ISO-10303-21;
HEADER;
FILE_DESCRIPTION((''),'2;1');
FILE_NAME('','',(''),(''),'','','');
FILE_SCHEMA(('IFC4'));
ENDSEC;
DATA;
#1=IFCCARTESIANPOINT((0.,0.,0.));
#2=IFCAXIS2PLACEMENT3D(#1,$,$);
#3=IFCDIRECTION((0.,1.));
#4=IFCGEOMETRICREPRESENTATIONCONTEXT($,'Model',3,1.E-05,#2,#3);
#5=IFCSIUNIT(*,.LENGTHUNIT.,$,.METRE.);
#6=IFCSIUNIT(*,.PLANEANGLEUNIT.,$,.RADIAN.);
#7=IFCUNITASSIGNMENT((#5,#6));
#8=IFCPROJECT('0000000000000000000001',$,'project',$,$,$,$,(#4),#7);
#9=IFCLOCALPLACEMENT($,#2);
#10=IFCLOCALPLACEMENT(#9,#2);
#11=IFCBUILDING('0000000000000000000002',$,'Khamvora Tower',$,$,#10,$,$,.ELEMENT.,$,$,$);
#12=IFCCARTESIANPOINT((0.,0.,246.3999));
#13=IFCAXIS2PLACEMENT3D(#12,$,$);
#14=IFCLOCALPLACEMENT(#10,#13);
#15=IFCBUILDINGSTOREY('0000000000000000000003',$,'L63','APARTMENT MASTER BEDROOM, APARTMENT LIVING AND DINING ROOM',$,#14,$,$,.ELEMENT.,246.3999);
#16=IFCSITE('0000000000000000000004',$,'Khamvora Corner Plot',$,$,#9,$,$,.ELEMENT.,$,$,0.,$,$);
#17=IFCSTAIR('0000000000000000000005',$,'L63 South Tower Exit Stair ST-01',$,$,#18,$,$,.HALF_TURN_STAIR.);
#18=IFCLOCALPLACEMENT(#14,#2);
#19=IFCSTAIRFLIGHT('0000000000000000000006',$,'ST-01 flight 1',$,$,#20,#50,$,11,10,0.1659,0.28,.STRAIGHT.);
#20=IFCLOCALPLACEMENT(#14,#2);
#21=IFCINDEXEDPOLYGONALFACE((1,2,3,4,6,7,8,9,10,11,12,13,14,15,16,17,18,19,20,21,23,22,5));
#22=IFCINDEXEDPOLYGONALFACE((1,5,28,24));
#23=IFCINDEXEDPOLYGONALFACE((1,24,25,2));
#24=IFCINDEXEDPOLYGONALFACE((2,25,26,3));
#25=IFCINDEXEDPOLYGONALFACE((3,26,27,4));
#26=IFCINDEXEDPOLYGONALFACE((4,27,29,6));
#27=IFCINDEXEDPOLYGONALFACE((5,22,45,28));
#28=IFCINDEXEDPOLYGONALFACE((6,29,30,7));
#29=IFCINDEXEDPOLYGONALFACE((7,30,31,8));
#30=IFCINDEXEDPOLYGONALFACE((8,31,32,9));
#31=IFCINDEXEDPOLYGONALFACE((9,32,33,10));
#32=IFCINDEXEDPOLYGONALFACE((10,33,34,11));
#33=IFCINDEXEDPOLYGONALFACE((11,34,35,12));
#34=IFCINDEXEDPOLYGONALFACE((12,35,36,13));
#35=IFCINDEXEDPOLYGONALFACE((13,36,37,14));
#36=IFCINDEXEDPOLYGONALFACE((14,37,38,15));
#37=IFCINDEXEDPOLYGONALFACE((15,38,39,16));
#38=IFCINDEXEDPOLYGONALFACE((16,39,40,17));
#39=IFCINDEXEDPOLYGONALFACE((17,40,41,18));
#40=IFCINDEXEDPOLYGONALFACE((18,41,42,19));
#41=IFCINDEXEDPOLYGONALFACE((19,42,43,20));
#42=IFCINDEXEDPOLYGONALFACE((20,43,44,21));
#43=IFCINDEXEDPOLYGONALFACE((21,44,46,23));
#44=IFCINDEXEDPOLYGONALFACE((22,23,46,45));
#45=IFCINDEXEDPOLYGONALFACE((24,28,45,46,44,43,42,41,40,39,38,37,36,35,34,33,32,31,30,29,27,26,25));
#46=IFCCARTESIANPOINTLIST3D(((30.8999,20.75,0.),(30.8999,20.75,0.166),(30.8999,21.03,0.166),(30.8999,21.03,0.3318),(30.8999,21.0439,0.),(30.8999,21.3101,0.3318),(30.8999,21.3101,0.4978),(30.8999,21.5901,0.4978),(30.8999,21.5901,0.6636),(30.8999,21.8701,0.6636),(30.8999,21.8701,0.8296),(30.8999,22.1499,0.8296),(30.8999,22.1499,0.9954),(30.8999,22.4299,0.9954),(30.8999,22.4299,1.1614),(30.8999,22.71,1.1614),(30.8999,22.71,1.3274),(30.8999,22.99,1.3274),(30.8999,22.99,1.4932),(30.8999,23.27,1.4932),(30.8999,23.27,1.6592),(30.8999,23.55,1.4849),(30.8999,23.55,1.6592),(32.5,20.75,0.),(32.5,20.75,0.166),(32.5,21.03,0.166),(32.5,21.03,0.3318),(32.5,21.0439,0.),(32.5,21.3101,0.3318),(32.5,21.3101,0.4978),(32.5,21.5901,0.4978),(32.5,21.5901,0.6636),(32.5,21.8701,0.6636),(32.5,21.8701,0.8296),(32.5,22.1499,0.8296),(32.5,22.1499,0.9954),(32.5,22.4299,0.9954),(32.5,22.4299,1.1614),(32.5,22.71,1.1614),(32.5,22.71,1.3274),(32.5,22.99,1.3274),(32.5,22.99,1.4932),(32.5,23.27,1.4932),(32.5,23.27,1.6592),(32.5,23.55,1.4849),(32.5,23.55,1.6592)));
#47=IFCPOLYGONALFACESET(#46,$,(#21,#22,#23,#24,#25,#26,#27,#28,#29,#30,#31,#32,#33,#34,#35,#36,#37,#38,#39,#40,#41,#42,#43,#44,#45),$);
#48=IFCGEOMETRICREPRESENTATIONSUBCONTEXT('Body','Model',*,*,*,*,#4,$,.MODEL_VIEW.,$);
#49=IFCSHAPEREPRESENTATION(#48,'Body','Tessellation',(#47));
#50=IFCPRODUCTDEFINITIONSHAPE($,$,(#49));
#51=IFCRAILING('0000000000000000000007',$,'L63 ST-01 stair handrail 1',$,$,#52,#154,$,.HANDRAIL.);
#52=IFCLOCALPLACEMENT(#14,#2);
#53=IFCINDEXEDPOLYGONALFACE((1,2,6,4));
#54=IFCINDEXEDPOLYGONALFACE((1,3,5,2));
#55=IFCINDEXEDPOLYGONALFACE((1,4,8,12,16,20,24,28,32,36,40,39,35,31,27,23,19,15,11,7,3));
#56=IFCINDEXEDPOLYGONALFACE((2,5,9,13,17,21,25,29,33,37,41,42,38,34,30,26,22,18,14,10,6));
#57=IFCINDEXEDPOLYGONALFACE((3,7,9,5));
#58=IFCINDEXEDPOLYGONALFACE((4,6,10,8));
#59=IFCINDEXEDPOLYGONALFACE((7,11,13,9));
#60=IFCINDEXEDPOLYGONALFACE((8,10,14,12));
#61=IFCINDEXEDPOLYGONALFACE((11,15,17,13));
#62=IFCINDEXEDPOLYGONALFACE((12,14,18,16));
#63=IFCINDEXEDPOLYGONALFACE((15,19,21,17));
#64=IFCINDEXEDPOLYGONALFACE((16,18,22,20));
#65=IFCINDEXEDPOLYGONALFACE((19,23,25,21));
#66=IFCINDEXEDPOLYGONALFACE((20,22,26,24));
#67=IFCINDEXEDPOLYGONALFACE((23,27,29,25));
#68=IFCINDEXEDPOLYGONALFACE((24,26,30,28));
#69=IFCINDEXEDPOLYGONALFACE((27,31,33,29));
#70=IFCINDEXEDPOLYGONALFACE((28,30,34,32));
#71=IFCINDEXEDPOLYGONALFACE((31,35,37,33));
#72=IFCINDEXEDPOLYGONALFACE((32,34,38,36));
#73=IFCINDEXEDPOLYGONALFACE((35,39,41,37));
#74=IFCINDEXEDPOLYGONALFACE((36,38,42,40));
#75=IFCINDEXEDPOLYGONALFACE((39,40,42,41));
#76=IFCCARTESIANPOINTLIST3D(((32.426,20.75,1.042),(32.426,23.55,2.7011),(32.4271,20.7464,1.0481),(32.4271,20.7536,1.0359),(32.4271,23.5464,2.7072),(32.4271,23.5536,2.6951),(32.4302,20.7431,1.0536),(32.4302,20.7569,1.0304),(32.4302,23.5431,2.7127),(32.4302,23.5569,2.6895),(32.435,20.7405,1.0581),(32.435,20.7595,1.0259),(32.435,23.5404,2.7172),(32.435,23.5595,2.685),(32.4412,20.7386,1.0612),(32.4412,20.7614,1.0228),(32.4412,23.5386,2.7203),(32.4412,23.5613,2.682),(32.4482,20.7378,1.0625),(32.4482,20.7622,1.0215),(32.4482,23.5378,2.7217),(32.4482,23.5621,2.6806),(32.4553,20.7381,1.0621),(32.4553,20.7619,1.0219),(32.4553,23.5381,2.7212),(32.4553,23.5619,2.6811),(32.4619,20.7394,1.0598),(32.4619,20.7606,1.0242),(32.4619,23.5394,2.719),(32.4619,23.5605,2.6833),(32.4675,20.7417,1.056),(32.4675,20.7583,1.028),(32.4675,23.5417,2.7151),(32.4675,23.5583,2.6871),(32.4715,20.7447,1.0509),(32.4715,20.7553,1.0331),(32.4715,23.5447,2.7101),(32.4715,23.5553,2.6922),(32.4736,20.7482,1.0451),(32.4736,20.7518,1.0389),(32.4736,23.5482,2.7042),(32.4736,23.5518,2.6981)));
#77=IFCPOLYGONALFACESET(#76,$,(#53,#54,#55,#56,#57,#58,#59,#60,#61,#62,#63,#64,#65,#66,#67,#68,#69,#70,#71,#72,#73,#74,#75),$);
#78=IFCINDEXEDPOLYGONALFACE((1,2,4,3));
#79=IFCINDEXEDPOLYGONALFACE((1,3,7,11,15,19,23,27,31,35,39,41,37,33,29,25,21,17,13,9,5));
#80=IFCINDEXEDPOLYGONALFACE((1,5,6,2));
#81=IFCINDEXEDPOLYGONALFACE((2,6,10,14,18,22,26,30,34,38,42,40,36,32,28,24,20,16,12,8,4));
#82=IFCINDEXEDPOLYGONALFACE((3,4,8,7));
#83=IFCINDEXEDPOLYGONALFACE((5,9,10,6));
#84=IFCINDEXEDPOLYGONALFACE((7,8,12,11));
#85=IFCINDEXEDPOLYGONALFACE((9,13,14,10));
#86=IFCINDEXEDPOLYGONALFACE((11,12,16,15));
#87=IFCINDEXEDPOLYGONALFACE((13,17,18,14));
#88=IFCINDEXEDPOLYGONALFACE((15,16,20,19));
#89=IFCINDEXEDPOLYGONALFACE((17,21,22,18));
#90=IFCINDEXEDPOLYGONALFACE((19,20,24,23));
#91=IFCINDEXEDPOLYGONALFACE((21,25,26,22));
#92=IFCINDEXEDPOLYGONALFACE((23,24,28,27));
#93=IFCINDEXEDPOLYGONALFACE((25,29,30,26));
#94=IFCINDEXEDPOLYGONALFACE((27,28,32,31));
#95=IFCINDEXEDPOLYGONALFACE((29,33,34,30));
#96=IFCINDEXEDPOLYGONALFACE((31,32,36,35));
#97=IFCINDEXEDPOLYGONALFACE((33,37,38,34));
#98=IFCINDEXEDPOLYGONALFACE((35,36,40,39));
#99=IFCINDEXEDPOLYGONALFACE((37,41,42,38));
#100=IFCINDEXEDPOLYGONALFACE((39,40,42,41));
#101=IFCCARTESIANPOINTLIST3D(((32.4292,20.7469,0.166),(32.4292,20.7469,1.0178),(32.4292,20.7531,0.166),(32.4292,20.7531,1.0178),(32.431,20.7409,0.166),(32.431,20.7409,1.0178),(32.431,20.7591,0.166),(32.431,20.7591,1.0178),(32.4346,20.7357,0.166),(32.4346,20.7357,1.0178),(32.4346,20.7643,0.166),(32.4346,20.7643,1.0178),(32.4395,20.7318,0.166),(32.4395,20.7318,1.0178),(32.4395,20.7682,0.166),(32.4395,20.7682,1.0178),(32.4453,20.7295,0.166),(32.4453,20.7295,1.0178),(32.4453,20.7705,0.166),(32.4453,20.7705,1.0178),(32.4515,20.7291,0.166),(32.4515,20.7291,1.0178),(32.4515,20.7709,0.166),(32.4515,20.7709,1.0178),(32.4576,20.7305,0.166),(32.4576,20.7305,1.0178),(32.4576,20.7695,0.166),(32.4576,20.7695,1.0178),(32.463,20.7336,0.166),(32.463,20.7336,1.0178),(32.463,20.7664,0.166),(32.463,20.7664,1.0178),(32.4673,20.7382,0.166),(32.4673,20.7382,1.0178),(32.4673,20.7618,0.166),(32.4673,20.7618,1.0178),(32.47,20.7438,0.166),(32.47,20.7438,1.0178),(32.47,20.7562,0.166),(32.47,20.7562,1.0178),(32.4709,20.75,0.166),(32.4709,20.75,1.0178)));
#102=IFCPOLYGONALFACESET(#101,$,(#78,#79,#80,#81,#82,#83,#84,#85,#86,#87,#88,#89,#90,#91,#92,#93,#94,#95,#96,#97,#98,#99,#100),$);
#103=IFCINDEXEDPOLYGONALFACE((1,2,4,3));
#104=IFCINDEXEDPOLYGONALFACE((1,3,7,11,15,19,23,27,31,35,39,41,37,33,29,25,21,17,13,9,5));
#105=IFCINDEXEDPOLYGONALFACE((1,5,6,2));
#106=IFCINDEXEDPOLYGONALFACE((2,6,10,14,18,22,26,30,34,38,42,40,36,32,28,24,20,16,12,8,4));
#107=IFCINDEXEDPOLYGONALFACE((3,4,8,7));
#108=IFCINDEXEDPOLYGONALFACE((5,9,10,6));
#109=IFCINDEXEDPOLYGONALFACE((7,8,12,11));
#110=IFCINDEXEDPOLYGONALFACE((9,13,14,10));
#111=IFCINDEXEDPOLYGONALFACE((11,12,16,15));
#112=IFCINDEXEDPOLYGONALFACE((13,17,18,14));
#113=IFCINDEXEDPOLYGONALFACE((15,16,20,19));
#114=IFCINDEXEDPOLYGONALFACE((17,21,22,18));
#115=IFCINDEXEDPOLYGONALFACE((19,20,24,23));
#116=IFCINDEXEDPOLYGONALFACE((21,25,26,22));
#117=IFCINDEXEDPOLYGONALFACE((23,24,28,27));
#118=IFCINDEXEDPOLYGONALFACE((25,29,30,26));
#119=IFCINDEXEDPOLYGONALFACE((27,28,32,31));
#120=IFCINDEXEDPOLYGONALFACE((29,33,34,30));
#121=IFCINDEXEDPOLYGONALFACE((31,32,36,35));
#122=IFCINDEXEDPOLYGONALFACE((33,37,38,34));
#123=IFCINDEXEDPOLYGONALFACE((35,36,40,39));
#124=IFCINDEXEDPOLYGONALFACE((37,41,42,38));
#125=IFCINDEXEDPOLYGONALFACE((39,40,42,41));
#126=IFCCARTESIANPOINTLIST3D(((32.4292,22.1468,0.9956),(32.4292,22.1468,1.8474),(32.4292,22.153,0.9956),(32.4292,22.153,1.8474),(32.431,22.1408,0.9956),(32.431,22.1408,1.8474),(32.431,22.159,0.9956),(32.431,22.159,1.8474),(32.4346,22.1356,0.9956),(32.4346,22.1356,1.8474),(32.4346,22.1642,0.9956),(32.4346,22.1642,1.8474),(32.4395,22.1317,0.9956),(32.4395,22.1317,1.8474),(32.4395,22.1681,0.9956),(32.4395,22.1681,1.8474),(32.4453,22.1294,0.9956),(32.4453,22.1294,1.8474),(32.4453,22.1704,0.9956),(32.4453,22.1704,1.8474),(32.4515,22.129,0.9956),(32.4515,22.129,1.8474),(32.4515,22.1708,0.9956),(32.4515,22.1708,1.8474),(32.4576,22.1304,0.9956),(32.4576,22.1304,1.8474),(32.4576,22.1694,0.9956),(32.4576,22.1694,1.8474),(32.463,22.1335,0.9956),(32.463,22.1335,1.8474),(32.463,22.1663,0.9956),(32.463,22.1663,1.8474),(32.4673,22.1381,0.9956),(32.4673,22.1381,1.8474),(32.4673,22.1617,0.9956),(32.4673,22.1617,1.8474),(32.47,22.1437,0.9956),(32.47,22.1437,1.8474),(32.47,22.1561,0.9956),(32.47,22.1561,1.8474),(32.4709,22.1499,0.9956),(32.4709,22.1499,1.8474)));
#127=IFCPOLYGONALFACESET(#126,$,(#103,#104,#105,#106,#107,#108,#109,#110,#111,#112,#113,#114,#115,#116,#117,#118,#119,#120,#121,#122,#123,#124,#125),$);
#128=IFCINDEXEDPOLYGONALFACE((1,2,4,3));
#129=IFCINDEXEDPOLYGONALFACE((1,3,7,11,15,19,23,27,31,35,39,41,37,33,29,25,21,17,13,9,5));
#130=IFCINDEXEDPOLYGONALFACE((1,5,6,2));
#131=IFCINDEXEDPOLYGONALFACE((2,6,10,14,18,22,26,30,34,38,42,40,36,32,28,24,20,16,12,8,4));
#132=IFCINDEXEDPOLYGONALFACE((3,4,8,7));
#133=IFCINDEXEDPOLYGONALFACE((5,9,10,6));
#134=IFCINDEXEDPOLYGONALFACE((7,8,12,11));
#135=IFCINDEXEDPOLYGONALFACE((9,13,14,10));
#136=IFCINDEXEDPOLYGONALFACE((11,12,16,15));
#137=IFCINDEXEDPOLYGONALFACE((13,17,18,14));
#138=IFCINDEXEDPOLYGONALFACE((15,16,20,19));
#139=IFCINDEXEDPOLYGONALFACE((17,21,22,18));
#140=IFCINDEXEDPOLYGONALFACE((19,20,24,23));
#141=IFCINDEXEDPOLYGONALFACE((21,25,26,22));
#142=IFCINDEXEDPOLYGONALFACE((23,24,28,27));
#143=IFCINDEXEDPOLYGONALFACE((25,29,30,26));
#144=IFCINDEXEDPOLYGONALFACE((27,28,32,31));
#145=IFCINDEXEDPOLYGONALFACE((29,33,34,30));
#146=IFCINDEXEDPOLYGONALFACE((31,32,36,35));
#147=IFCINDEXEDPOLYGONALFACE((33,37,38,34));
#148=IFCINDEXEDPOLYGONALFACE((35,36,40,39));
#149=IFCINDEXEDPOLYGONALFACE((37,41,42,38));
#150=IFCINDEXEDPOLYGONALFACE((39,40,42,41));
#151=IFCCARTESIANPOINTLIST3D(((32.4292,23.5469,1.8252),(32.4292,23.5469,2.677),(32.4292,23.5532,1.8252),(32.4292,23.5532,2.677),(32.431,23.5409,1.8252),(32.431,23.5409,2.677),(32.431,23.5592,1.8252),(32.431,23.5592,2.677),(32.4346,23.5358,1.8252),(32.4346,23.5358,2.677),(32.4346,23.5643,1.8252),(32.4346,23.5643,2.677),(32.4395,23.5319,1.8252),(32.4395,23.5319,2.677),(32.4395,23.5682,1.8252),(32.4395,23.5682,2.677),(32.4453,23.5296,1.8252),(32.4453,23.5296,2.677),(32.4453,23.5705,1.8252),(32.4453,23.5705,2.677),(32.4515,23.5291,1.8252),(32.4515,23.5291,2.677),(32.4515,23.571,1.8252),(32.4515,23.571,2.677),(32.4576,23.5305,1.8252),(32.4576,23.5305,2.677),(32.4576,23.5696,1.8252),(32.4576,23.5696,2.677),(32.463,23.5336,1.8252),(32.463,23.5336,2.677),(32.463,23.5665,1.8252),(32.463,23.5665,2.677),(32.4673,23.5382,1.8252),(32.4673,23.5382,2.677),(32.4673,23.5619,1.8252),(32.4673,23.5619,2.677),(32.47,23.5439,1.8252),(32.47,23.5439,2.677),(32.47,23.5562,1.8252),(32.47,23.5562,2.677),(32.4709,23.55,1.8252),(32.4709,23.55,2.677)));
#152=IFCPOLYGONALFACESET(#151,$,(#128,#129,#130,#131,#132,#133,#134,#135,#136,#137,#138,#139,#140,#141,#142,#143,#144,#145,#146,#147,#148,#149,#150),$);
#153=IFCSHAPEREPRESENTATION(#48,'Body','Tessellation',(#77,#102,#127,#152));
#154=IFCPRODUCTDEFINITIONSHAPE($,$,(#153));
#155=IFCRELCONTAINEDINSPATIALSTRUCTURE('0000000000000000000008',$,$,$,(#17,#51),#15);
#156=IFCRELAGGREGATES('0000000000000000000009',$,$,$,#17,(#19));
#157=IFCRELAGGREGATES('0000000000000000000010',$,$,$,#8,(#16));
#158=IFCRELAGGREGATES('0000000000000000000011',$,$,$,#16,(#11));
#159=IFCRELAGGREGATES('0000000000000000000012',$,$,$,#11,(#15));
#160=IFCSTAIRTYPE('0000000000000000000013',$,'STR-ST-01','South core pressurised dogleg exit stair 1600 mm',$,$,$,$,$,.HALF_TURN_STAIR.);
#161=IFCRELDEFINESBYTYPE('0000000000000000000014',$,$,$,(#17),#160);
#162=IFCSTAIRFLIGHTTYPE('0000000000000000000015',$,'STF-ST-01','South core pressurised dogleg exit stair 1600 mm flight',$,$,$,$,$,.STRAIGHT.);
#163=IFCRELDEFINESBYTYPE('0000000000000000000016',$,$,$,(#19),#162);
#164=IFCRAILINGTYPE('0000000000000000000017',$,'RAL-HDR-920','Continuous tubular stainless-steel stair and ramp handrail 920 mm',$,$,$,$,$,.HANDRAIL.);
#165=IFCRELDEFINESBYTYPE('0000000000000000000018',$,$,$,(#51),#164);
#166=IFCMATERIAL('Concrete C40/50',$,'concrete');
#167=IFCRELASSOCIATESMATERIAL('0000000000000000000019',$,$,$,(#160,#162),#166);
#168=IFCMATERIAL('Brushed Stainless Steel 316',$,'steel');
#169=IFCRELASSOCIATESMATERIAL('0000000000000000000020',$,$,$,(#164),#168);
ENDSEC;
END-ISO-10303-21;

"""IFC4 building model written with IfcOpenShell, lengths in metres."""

from ifc_helpers import new_model, si_unit, direction, frame, origin, origin_2d, place, context, subcontext, project, spatial, polyline, circle, outline, extrude, material, type_object, element, aggregate, save


model = new_model("IFC4")

# Units and contexts
model_context = context("Model", 3, precision=1e-05, world=origin(), true_north=direction((0.0, 1.0)))
body_context = subcontext(model_context, "Body", "Model", "MODEL_VIEW")
ifc_project = project(units=[si_unit("LENGTHUNIT", "METRE"), si_unit("PLANEANGLEUNIT", "RADIAN")], contexts=[model_context])

# Site, building, storey
site_placement = place(None, origin())
site = spatial("IfcSite", under=ifc_project, at=site_placement, Name="Khamvora Corner Plot", CompositionType="ELEMENT", RefElevation=0.0)
building_placement = place(site_placement, origin())
building = spatial("IfcBuilding", under=site, at=building_placement, Name="Khamvora Tower", CompositionType="ELEMENT")
storey_placement = place(building_placement, frame((0.0, 0.0, 246.3999)))
storey = spatial("IfcBuildingStorey", under=building, at=storey_placement, Name="L63", Description="APARTMENT MASTER BEDROOM, APARTMENT LIVING AND DINING ROOM", CompositionType="ELEMENT", Elevation=246.3999)

# Shared definitions
ifc_material_1 = material(Name="Concrete C40/50", Category="concrete")

# Stair, stair flight
stair_type = type_object("IfcStairType", Name="STR-ST-01", Description="South core pressurised dogleg exit stair 1600 mm", PredefinedType="HALF_TURN_STAIR", material=ifc_material_1)
stair_placement = place(storey_placement, origin())
stair = element("IfcStair", 1, at=stair_placement, inside=storey, type_object=stair_type, Name="L63 South Tower Exit Stair ST-01", PredefinedType="HALF_TURN_STAIR")
stair_flight_type = type_object("IfcStairFlightType", Name="STF-ST-01", Description="South core pressurised dogleg exit stair 1600 mm flight", PredefinedType="STRAIGHT", material=ifc_material_1)
stair_flight_placement = place(storey_placement, frame((31.7, 20.75, 0.0), z_axis=(0.0, 0.0, 1.0), x_axis=(0.0, 1.0, 0.0)))
stair_flight = element("IfcStairFlight", 2, at=stair_flight_placement, type_object=stair_flight_type, Name="ST-01 flight 1", NumberOfRisers=11, NumberOfTreads=10, PredefinedType="STRAIGHT", RiserHeight=0.1659, TreadLength=0.28, context=body_context, shape_type="SweptSolid", body=[
    extrude(outline(polyline([(0.0, 0.0), (0.0, 0.166), (0.28, 0.166), (0.28, 0.3318), (0.5601, 0.3318), (0.5601, 0.4978), (0.8401, 0.4978), (0.8401, 0.6636), (1.1201, 0.6636), (1.1201, 0.8296), (1.3999, 0.8296), (1.3999, 0.9954), (1.6799, 0.9954), (1.6799, 1.1614), (1.96, 1.1614), (1.96, 1.3274), (2.24, 1.3274), (2.24, 1.4932), (2.52, 1.4932), (2.52, 1.6592), (2.8, 1.6592), (2.8, 1.825), (2.8, 1.4849), (0.2939, 0.0), (0.0, 0.0)])), frame((0.0, 0.8, 0.0), z_axis=(0.0, -1.0, 0.0), x_axis=(1.0, 0.0, 0.0)), (0.0, 0.0, 1.0), 1.6001),
])
aggregate(stair, [stair_flight])

# Railing
ifc_material_2 = material(Name="Brushed Stainless Steel 316", Category="steel")
railing_type_1 = type_object("IfcRailingType", Name="RAL-HDR-920", Description="Continuous tubular stainless-steel stair and ramp handrail 920 mm", PredefinedType="HANDRAIL", material=ifc_material_2)
railing_1_placement = place(storey_placement, frame((32.45, 20.75, 0.166)))
element("IfcRailing", 3, at=railing_1_placement, inside=storey, type_object=railing_type_1, Name="L63 ST-01 stair handrail 1", PredefinedType="HANDRAIL", context=body_context, shape_type="SweptSolid", body=[
    extrude(circle(Radius=0.0239, at=origin_2d()), frame((0.0, 0.0, 0.876), z_axis=(0.0, 0.860306, 0.509778), x_axis=(-1.0, 0.0, 0.0)), (0.0, 0.0, 1.0), 3.2546),
    extrude(circle(Radius=0.021, at=origin_2d()), origin(), (0.0, 0.0, 1.0), 0.8518),
    extrude(circle(Radius=0.021, at=origin_2d()), frame((0.0, 1.3999, 0.8296)), (0.0, 0.0, 1.0), 0.8518),
    extrude(circle(Radius=0.021, at=origin_2d()), frame((0.0, 2.8, 1.6592)), (0.0, 0.0, 1.0), 0.8518),
])

save(model, "model.ifc")
